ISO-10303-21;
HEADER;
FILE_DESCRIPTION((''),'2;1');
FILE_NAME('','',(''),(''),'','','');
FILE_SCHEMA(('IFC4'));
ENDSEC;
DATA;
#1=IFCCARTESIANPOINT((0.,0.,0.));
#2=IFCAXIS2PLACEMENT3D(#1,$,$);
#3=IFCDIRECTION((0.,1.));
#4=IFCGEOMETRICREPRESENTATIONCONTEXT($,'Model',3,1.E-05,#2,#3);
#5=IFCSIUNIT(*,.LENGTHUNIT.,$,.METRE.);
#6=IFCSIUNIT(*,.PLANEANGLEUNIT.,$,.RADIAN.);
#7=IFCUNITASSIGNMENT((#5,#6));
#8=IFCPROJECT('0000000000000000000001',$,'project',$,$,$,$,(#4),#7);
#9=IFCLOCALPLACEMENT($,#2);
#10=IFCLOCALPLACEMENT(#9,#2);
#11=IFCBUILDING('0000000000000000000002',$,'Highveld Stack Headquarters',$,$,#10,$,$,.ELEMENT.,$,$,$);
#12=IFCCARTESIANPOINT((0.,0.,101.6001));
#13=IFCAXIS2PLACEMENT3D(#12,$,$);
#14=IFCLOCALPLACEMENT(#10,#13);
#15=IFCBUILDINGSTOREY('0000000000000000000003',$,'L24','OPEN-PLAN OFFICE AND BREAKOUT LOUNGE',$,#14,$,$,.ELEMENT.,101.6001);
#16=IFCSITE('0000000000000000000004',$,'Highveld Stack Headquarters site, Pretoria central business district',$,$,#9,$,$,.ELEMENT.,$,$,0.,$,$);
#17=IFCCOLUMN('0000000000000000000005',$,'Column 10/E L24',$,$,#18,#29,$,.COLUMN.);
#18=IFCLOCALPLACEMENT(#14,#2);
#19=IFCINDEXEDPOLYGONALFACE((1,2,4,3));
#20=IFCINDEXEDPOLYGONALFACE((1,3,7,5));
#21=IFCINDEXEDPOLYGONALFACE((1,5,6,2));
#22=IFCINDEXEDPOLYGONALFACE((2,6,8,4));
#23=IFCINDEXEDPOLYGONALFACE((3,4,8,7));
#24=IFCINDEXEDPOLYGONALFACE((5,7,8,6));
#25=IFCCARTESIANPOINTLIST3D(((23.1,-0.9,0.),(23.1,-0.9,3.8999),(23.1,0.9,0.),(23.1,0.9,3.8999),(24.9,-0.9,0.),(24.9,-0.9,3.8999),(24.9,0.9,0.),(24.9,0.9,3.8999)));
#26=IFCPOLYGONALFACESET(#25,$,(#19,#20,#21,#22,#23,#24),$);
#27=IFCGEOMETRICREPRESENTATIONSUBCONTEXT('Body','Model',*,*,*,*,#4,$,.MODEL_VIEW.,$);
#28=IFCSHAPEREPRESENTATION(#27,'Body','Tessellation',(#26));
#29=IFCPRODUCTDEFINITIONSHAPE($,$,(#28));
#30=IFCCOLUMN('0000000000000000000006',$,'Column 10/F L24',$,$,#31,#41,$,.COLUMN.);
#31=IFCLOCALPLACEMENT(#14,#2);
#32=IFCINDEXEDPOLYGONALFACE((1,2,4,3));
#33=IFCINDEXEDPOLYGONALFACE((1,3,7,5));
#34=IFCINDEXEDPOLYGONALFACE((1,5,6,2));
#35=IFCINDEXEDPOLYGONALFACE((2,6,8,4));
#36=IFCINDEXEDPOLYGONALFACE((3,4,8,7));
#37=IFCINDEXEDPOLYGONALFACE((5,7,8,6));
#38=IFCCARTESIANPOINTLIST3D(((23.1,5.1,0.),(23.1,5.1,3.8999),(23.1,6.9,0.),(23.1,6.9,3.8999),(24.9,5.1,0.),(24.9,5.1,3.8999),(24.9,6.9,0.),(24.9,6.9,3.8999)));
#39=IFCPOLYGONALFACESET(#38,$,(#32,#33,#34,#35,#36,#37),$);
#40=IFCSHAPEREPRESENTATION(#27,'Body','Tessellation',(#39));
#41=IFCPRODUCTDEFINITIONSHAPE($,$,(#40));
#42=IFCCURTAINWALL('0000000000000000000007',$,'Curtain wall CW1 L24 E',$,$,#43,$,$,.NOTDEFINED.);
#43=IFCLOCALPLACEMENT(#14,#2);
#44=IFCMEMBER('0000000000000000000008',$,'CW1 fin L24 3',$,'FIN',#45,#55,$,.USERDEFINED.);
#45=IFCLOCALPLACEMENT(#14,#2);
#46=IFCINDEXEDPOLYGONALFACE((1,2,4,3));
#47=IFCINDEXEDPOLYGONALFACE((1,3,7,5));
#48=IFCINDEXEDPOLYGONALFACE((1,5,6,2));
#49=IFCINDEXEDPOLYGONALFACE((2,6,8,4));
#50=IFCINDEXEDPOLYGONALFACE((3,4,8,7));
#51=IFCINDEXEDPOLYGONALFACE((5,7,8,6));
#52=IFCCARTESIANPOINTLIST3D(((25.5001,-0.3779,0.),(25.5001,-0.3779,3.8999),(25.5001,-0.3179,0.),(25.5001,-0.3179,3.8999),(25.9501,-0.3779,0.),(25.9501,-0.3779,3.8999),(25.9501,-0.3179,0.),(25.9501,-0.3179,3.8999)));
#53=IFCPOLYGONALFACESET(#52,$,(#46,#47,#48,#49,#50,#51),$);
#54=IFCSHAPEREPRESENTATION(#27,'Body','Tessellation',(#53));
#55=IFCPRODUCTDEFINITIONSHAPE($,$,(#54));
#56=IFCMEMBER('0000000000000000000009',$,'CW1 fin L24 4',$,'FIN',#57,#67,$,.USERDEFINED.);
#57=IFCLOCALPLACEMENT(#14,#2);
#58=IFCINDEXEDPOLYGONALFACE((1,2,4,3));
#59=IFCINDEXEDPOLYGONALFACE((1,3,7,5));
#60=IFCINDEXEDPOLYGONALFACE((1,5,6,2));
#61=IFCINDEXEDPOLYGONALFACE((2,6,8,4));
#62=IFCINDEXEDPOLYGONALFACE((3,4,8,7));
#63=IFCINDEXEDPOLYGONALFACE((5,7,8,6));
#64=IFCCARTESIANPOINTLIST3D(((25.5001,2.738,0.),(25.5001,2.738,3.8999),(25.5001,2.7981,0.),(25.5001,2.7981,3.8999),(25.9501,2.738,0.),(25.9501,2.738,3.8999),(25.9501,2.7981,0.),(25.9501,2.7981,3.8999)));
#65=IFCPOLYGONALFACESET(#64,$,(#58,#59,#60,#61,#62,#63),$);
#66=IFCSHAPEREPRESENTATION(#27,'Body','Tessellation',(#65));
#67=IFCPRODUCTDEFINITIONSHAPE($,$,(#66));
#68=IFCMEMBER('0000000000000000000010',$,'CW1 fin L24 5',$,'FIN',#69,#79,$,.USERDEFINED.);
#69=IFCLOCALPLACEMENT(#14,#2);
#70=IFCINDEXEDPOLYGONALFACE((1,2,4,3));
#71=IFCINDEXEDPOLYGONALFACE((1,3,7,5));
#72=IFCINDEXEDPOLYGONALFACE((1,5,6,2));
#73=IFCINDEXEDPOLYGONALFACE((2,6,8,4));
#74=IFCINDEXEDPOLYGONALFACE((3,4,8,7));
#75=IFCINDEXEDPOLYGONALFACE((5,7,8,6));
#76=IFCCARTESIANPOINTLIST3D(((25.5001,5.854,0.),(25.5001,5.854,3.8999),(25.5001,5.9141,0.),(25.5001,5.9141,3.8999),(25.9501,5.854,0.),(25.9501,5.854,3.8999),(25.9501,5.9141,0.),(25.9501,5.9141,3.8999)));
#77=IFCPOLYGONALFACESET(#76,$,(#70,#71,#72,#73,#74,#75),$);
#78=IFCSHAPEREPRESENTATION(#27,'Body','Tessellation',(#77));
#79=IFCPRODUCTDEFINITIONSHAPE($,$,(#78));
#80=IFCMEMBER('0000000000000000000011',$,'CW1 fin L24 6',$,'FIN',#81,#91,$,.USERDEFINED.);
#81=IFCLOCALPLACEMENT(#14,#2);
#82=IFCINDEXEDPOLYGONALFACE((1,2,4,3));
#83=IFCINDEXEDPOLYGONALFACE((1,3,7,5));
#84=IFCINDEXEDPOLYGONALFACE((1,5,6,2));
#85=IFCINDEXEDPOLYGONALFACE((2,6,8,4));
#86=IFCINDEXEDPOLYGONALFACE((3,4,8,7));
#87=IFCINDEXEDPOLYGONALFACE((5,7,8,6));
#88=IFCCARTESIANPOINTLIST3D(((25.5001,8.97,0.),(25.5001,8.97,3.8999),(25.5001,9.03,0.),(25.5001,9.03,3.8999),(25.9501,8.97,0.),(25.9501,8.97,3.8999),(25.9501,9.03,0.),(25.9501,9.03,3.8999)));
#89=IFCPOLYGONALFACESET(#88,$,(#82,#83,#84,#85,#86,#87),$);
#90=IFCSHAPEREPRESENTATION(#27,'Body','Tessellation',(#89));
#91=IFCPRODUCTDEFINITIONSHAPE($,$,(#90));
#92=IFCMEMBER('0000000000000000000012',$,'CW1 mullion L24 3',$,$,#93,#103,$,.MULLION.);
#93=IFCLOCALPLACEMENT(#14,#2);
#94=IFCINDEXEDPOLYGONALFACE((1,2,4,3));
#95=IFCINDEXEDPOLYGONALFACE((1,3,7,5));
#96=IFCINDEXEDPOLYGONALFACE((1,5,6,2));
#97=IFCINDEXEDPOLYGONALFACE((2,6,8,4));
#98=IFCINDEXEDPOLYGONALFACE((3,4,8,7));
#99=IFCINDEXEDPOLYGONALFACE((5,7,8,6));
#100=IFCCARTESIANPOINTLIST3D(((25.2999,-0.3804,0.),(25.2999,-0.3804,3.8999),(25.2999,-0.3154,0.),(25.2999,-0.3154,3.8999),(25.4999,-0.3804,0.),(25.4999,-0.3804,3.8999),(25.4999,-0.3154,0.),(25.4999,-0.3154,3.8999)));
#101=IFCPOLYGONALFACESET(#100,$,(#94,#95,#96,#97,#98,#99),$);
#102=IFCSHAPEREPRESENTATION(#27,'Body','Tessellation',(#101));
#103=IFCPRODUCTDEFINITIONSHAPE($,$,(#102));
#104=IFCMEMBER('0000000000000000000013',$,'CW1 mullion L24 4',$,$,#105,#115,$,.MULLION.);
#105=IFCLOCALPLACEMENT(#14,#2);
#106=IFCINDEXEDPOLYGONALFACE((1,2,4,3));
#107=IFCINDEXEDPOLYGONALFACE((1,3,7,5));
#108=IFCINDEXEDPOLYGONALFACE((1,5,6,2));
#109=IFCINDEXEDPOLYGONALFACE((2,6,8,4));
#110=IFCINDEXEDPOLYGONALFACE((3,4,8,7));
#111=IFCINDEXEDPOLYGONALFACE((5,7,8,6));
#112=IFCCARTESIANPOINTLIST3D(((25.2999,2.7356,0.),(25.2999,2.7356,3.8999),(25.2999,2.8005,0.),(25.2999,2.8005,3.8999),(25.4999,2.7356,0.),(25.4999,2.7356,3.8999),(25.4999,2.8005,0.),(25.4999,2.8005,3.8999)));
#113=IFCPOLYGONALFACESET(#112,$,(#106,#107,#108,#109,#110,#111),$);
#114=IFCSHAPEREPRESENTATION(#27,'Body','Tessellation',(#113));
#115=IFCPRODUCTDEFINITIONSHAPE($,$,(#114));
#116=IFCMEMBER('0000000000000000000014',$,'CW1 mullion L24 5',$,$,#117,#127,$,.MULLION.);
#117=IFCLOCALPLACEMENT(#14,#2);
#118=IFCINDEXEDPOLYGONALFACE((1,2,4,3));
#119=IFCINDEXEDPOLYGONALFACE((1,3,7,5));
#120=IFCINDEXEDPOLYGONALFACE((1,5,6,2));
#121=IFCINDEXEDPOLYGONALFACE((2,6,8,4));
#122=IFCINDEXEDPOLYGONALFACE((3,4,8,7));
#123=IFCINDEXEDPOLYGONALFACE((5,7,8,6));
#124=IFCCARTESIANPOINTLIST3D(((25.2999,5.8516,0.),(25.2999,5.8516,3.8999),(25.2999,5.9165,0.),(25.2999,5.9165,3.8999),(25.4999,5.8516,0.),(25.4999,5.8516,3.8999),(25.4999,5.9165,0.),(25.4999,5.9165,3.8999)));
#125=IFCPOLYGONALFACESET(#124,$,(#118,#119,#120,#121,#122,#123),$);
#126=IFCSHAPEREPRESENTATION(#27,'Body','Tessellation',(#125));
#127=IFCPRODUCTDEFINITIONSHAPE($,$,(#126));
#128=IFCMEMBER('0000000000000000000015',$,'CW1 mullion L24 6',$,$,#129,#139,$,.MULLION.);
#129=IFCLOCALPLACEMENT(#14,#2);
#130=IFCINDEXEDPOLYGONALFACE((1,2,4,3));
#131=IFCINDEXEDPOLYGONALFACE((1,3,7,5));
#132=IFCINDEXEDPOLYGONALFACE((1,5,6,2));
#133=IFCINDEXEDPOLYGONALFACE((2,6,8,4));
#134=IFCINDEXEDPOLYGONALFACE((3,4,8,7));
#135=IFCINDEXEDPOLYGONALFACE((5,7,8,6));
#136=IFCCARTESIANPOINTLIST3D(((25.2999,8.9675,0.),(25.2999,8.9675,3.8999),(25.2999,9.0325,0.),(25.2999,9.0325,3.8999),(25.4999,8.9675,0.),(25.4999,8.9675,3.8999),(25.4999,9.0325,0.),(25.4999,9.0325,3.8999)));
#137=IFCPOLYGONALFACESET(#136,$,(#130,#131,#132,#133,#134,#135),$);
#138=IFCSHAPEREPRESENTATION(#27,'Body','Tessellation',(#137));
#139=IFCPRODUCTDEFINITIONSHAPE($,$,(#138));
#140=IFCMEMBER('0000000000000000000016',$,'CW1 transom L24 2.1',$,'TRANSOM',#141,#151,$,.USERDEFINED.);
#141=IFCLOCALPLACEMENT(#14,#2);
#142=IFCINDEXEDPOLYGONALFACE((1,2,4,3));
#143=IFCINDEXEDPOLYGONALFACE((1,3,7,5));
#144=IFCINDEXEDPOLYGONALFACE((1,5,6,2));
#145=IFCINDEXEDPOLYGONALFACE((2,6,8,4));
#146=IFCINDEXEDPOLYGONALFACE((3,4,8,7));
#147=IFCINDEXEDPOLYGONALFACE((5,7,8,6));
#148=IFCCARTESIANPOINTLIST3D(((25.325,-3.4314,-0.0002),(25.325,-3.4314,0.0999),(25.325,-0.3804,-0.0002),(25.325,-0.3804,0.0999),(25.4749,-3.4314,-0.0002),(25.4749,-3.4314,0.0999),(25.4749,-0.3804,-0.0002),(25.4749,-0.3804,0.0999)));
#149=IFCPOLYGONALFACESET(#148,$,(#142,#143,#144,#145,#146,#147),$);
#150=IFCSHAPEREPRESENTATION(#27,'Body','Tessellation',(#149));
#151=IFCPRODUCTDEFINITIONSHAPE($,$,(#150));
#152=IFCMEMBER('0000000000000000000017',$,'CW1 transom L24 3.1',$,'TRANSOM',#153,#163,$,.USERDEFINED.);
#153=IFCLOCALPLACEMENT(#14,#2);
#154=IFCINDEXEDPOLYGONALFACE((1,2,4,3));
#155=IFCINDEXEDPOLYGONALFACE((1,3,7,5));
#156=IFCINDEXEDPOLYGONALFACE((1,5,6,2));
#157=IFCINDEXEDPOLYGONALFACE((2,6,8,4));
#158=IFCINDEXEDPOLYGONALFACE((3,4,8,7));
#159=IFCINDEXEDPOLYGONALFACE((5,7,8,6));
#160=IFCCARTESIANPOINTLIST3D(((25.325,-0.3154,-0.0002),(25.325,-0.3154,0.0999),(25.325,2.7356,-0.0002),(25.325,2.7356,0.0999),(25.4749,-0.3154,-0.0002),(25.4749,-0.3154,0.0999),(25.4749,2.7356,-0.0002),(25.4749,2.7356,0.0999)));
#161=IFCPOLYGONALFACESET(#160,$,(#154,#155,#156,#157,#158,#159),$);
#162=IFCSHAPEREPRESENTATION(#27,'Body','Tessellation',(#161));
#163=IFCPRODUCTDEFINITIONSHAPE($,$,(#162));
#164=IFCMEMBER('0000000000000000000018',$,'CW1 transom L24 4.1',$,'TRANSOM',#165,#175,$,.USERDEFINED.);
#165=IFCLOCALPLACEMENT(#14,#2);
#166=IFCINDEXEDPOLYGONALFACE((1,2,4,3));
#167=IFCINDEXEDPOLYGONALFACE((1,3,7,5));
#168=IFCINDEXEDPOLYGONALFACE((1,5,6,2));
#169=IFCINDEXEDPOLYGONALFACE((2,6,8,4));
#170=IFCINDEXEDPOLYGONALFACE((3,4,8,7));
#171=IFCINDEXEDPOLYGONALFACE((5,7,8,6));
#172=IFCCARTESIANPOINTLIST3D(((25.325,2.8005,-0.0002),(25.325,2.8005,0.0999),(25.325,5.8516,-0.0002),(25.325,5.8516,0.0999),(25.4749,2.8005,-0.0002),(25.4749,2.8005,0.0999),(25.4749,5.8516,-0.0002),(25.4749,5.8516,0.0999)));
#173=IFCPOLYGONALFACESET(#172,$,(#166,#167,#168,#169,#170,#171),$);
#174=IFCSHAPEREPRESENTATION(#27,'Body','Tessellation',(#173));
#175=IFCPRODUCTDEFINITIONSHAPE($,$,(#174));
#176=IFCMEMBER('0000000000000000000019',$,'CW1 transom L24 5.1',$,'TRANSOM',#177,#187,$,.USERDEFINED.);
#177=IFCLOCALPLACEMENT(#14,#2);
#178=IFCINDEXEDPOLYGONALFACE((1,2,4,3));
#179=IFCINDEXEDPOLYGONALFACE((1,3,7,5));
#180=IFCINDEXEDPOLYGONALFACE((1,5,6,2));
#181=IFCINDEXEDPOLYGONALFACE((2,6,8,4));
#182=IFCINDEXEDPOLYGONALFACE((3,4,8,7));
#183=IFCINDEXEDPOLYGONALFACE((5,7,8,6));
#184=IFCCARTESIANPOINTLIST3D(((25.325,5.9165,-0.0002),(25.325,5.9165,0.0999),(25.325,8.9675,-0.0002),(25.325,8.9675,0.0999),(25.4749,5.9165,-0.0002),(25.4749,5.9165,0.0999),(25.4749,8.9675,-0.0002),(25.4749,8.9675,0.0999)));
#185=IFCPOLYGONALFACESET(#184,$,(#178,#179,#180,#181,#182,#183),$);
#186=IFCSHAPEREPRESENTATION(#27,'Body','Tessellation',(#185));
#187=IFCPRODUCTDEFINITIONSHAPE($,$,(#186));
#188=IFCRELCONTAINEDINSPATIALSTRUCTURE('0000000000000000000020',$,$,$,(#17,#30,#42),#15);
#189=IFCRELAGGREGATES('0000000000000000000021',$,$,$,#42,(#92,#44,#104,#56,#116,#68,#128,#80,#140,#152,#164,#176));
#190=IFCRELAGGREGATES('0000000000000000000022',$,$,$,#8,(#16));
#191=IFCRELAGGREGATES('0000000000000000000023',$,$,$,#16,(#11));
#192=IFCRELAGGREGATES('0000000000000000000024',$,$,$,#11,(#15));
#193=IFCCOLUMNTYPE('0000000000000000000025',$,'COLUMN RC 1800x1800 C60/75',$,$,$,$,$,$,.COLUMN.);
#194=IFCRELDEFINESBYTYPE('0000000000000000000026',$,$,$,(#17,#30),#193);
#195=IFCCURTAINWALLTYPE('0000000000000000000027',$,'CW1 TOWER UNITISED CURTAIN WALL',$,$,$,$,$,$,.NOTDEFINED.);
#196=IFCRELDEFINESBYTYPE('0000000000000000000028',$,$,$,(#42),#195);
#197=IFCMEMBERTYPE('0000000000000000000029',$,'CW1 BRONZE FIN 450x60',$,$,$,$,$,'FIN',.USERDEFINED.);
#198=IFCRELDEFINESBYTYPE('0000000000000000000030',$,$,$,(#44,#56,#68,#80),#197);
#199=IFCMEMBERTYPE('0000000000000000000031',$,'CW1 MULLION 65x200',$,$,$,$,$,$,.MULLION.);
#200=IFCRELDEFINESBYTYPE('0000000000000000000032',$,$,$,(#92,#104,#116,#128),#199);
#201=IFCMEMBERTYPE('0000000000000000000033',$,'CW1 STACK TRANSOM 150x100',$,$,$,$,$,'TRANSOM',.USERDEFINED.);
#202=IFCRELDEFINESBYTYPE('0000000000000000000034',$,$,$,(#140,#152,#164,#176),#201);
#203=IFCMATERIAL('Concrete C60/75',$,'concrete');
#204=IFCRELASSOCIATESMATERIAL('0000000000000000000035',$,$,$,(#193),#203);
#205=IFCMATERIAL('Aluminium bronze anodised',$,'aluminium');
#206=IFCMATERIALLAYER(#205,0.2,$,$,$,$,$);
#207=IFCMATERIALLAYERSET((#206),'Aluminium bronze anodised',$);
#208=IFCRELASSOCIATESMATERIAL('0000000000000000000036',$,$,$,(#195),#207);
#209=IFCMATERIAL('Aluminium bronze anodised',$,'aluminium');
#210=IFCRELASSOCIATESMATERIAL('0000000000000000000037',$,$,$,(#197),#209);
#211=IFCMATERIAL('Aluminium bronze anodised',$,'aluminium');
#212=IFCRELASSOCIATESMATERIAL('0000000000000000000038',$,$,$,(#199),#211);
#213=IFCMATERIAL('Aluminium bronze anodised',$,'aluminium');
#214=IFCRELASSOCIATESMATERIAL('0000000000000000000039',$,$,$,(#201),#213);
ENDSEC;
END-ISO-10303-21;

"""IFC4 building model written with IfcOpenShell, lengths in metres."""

from ifc_helpers import new_model, si_unit, direction, frame, origin, origin_2d, place, context, subcontext, project, spatial, rectangle, extrude, material, layer, layer_set, material_profile, profile_set, type_object, element, aggregate, save


model = new_model("IFC4")

# Units and contexts
model_context = context("Model", 3, precision=1e-05, world=origin(), true_north=direction((0.0, 1.0)))
body_context = subcontext(model_context, "Body", "Model", "MODEL_VIEW")
ifc_project = project(units=[si_unit("LENGTHUNIT", "METRE"), si_unit("PLANEANGLEUNIT", "RADIAN")], contexts=[model_context])

# Site, building, storey
site_placement = place(None, origin())
site = spatial("IfcSite", under=ifc_project, at=site_placement, Name="Highveld Stack Headquarters site, Pretoria central business district", CompositionType="ELEMENT", RefElevation=0.0)
building_placement = place(site_placement, origin())
building = spatial("IfcBuilding", under=site, at=building_placement, Name="Highveld Stack Headquarters", CompositionType="ELEMENT")
storey_placement = place(building_placement, frame((0.0, 0.0, 101.6001)))
storey = spatial("IfcBuildingStorey", under=building, at=storey_placement, Name="L24", Description="OPEN-PLAN OFFICE AND BREAKOUT LOUNGE", CompositionType="ELEMENT", Elevation=101.6001)

# Columns
ifc_material_1 = material(Name="Concrete C60/75", Category="concrete")
ifc_material_profile_1 = material_profile(ifc_material_1, rectangle(XDim=1.8, YDim=1.8, at=origin_2d()), Name="RC 1800x1800")
ifc_profile_set_1 = profile_set([ifc_material_profile_1], Name="Concrete C60/75")
column_type = type_object("IfcColumnType", Name="COLUMN RC 1800x1800 C60/75", PredefinedType="COLUMN", material=ifc_profile_set_1)
for number, where, z_axis, x_axis, name in (
    (1, (24.0, 0.0, 0.0), (0.0, 0.0, 1.0), (1.0, 0.0, 0.0), "Column 10/E L24"),
    (2, (24.0, 6.0, 0.0), (0.0, 0.0, 1.0), (1.0, 0.0, 0.0), "Column 10/F L24"),
):
    element("IfcColumn", number, at=place(storey_placement, frame(where, z_axis=z_axis, x_axis=x_axis)), inside=storey, type_object=column_type, Name=name, PredefinedType="COLUMN", context=body_context, shape_type="SweptSolid", body=[
        extrude(rectangle(XDim=1.8, YDim=1.8, at=origin_2d()), origin(), (0.0, 0.0, 1.0), 3.8999),
    ])

# Curtain wall, members
ifc_material_2 = material(Name="Aluminium bronze anodised", Category="aluminium")
ifc_layer_1 = layer(ifc_material_2, 0.2)
ifc_layer_set_1 = layer_set([ifc_layer_1], Name="Aluminium bronze anodised")
curtain_wall_type = type_object("IfcCurtainWallType", Name="CW1 TOWER UNITISED CURTAIN WALL", PredefinedType="NOTDEFINED", material=ifc_layer_set_1)
curtain_wall_placement = place(storey_placement, origin())
curtain_wall = element("IfcCurtainWall", 3, at=curtain_wall_placement, inside=storey, type_object=curtain_wall_type, Name="Curtain wall CW1 L24 E", PredefinedType="NOTDEFINED")
ifc_material_3 = material(Name="Aluminium bronze anodised", Category="aluminium")
ifc_material_profile_2 = material_profile(ifc_material_3, rectangle(XDim=0.45, YDim=0.0601, at=origin_2d()), Name="FIN 450x60")
ifc_profile_set_2 = profile_set([ifc_material_profile_2], Name="Aluminium bronze anodised")
member_type_1 = type_object("IfcMemberType", Name="CW1 BRONZE FIN 450x60", ElementType="FIN", PredefinedType="USERDEFINED", material=ifc_profile_set_2)
member_1_placement = place(storey_placement, frame((25.7251, -0.3479, 0.0), z_axis=(0.0, 0.0, 1.0), x_axis=(-1.0, 0.0, 0.0)))
member_1 = element("IfcMember", 4, at=member_1_placement, type_object=member_type_1, Name="CW1 fin L24 3", ObjectType="FIN", PredefinedType="USERDEFINED", context=body_context, shape_type="SweptSolid", body=[
    extrude(rectangle(XDim=0.45, YDim=0.0601, at=origin_2d()), origin(), (0.0, 0.0, 1.0), 3.8999),
])
member_2_placement = place(storey_placement, frame((25.7251, 2.7681, 0.0), z_axis=(0.0, 0.0, 1.0), x_axis=(-1.0, 0.0, 0.0)))
member_2 = element("IfcMember", 5, at=member_2_placement, type_object=member_type_1, Name="CW1 fin L24 4", ObjectType="FIN", PredefinedType="USERDEFINED", context=body_context, shape_type="SweptSolid", body=[
    extrude(rectangle(XDim=0.45, YDim=0.0601, at=origin_2d()), origin(), (0.0, 0.0, 1.0), 3.8999),
])
member_3_placement = place(storey_placement, frame((25.7251, 5.884, 0.0), z_axis=(0.0, 0.0, 1.0), x_axis=(-1.0, 0.0, 0.0)))
member_3 = element("IfcMember", 6, at=member_3_placement, type_object=member_type_1, Name="CW1 fin L24 5", ObjectType="FIN", PredefinedType="USERDEFINED", context=body_context, shape_type="SweptSolid", body=[
    extrude(rectangle(XDim=0.45, YDim=0.0601, at=origin_2d()), origin(), (0.0, 0.0, 1.0), 3.8999),
])
member_4_placement = place(storey_placement, frame((25.7251, 9.0, 0.0), z_axis=(0.0, 0.0, 1.0), x_axis=(-1.0, 0.0, 0.0)))
member_4 = element("IfcMember", 7, at=member_4_placement, type_object=member_type_1, Name="CW1 fin L24 6", ObjectType="FIN", PredefinedType="USERDEFINED", context=body_context, shape_type="SweptSolid", body=[
    extrude(rectangle(XDim=0.45, YDim=0.0601, at=origin_2d()), origin(), (0.0, 0.0, 1.0), 3.8999),
])
ifc_material_4 = material(Name="Aluminium bronze anodised", Category="aluminium")
ifc_material_profile_3 = material_profile(ifc_material_4, rectangle(XDim=0.2, YDim=0.0649, at=origin_2d()), Name="CW1 MULLION 65x200")
ifc_profile_set_3 = profile_set([ifc_material_profile_3], Name="Aluminium bronze anodised")
member_type_2 = type_object("IfcMemberType", Name="CW1 MULLION 65x200", PredefinedType="MULLION", material=ifc_profile_set_3)
member_5_placement = place(storey_placement, frame((25.3999, -0.3479, 0.0), z_axis=(0.0, 0.0, 1.0), x_axis=(-1.0, 0.0, 0.0)))
member_5 = element("IfcMember", 8, at=member_5_placement, type_object=member_type_2, Name="CW1 mullion L24 3", PredefinedType="MULLION", context=body_context, shape_type="SweptSolid", body=[
    extrude(rectangle(XDim=0.2, YDim=0.0649, at=origin_2d()), origin(), (0.0, 0.0, 1.0), 3.8999),
])
member_6_placement = place(storey_placement, frame((25.3999, 2.7681, 0.0), z_axis=(0.0, 0.0, 1.0), x_axis=(-1.0, 0.0, 0.0)))
member_6 = element("IfcMember", 9, at=member_6_placement, type_object=member_type_2, Name="CW1 mullion L24 4", PredefinedType="MULLION", context=body_context, shape_type="SweptSolid", body=[
    extrude(rectangle(XDim=0.2, YDim=0.0649, at=origin_2d()), origin(), (0.0, 0.0, 1.0), 3.8999),
])
member_7_placement = place(storey_placement, frame((25.3999, 5.884, 0.0), z_axis=(0.0, 0.0, 1.0), x_axis=(-1.0, 0.0, 0.0)))
member_7 = element("IfcMember", 10, at=member_7_placement, type_object=member_type_2, Name="CW1 mullion L24 5", PredefinedType="MULLION", context=body_context, shape_type="SweptSolid", body=[
    extrude(rectangle(XDim=0.2, YDim=0.0649, at=origin_2d()), origin(), (0.0, 0.0, 1.0), 3.8999),
])
member_8_placement = place(storey_placement, frame((25.3999, 9.0, 0.0), z_axis=(0.0, 0.0, 1.0), x_axis=(-1.0, 0.0, 0.0)))
member_8 = element("IfcMember", 11, at=member_8_placement, type_object=member_type_2, Name="CW1 mullion L24 6", PredefinedType="MULLION", context=body_context, shape_type="SweptSolid", body=[
    extrude(rectangle(XDim=0.2, YDim=0.0649, at=origin_2d()), origin(), (0.0, 0.0, 1.0), 3.8999),
])
ifc_material_5 = material(Name="Aluminium bronze anodised", Category="aluminium")
ifc_material_profile_4 = material_profile(ifc_material_5, rectangle(XDim=0.1499, YDim=0.1001, at=origin_2d()), Name="CW1 TRANSOM 150x100")
ifc_profile_set_4 = profile_set([ifc_material_profile_4], Name="Aluminium bronze anodised")
member_type_3 = type_object("IfcMemberType", Name="CW1 STACK TRANSOM 150x100", ElementType="TRANSOM", PredefinedType="USERDEFINED", material=ifc_profile_set_4)
member_9_placement = place(storey_placement, frame((25.3999, -3.4314, 0.0498), z_axis=(0.0, 1.0, 0.0), x_axis=(-1.0, 0.0, 0.0)))
member_9 = element("IfcMember", 12, at=member_9_placement, type_object=member_type_3, Name="CW1 transom L24 2.1", ObjectType="TRANSOM", PredefinedType="USERDEFINED", context=body_context, shape_type="SweptSolid", body=[
    extrude(rectangle(XDim=0.1499, YDim=0.1001, at=origin_2d()), origin(), (0.0, 0.0, 1.0), 3.051),
])
member_10_placement = place(storey_placement, frame((25.3999, -0.3154, 0.0498), z_axis=(0.0, 1.0, 0.0), x_axis=(-1.0, 0.0, 0.0)))
member_10 = element("IfcMember", 13, at=member_10_placement, type_object=member_type_3, Name="CW1 transom L24 3.1", ObjectType="TRANSOM", PredefinedType="USERDEFINED", context=body_context, shape_type="SweptSolid", body=[
    extrude(rectangle(XDim=0.1499, YDim=0.1001, at=origin_2d()), origin(), (0.0, 0.0, 1.0), 3.051),
])
member_11_placement = place(storey_placement, frame((25.3999, 2.8005, 0.0498), z_axis=(0.0, 1.0, 0.0), x_axis=(-1.0, 0.0, 0.0)))
member_11 = element("IfcMember", 14, at=member_11_placement, type_object=member_type_3, Name="CW1 transom L24 4.1", ObjectType="TRANSOM", PredefinedType="USERDEFINED", context=body_context, shape_type="SweptSolid", body=[
    extrude(rectangle(XDim=0.1499, YDim=0.1001, at=origin_2d()), origin(), (0.0, 0.0, 1.0), 3.051),
])
member_12_placement = place(storey_placement, frame((25.3999, 5.9165, 0.0498), z_axis=(0.0, 1.0, 0.0), x_axis=(-1.0, 0.0, 0.0)))
member_12 = element("IfcMember", 15, at=member_12_placement, type_object=member_type_3, Name="CW1 transom L24 5.1", ObjectType="TRANSOM", PredefinedType="USERDEFINED", context=body_context, shape_type="SweptSolid", body=[
    extrude(rectangle(XDim=0.1499, YDim=0.1001, at=origin_2d()), origin(), (0.0, 0.0, 1.0), 3.051),
])
aggregate(curtain_wall, [member_5, member_1, member_6, member_2, member_7, member_3, member_8, member_4, member_9, member_10, member_11, member_12])

save(model, "model.ifc")
